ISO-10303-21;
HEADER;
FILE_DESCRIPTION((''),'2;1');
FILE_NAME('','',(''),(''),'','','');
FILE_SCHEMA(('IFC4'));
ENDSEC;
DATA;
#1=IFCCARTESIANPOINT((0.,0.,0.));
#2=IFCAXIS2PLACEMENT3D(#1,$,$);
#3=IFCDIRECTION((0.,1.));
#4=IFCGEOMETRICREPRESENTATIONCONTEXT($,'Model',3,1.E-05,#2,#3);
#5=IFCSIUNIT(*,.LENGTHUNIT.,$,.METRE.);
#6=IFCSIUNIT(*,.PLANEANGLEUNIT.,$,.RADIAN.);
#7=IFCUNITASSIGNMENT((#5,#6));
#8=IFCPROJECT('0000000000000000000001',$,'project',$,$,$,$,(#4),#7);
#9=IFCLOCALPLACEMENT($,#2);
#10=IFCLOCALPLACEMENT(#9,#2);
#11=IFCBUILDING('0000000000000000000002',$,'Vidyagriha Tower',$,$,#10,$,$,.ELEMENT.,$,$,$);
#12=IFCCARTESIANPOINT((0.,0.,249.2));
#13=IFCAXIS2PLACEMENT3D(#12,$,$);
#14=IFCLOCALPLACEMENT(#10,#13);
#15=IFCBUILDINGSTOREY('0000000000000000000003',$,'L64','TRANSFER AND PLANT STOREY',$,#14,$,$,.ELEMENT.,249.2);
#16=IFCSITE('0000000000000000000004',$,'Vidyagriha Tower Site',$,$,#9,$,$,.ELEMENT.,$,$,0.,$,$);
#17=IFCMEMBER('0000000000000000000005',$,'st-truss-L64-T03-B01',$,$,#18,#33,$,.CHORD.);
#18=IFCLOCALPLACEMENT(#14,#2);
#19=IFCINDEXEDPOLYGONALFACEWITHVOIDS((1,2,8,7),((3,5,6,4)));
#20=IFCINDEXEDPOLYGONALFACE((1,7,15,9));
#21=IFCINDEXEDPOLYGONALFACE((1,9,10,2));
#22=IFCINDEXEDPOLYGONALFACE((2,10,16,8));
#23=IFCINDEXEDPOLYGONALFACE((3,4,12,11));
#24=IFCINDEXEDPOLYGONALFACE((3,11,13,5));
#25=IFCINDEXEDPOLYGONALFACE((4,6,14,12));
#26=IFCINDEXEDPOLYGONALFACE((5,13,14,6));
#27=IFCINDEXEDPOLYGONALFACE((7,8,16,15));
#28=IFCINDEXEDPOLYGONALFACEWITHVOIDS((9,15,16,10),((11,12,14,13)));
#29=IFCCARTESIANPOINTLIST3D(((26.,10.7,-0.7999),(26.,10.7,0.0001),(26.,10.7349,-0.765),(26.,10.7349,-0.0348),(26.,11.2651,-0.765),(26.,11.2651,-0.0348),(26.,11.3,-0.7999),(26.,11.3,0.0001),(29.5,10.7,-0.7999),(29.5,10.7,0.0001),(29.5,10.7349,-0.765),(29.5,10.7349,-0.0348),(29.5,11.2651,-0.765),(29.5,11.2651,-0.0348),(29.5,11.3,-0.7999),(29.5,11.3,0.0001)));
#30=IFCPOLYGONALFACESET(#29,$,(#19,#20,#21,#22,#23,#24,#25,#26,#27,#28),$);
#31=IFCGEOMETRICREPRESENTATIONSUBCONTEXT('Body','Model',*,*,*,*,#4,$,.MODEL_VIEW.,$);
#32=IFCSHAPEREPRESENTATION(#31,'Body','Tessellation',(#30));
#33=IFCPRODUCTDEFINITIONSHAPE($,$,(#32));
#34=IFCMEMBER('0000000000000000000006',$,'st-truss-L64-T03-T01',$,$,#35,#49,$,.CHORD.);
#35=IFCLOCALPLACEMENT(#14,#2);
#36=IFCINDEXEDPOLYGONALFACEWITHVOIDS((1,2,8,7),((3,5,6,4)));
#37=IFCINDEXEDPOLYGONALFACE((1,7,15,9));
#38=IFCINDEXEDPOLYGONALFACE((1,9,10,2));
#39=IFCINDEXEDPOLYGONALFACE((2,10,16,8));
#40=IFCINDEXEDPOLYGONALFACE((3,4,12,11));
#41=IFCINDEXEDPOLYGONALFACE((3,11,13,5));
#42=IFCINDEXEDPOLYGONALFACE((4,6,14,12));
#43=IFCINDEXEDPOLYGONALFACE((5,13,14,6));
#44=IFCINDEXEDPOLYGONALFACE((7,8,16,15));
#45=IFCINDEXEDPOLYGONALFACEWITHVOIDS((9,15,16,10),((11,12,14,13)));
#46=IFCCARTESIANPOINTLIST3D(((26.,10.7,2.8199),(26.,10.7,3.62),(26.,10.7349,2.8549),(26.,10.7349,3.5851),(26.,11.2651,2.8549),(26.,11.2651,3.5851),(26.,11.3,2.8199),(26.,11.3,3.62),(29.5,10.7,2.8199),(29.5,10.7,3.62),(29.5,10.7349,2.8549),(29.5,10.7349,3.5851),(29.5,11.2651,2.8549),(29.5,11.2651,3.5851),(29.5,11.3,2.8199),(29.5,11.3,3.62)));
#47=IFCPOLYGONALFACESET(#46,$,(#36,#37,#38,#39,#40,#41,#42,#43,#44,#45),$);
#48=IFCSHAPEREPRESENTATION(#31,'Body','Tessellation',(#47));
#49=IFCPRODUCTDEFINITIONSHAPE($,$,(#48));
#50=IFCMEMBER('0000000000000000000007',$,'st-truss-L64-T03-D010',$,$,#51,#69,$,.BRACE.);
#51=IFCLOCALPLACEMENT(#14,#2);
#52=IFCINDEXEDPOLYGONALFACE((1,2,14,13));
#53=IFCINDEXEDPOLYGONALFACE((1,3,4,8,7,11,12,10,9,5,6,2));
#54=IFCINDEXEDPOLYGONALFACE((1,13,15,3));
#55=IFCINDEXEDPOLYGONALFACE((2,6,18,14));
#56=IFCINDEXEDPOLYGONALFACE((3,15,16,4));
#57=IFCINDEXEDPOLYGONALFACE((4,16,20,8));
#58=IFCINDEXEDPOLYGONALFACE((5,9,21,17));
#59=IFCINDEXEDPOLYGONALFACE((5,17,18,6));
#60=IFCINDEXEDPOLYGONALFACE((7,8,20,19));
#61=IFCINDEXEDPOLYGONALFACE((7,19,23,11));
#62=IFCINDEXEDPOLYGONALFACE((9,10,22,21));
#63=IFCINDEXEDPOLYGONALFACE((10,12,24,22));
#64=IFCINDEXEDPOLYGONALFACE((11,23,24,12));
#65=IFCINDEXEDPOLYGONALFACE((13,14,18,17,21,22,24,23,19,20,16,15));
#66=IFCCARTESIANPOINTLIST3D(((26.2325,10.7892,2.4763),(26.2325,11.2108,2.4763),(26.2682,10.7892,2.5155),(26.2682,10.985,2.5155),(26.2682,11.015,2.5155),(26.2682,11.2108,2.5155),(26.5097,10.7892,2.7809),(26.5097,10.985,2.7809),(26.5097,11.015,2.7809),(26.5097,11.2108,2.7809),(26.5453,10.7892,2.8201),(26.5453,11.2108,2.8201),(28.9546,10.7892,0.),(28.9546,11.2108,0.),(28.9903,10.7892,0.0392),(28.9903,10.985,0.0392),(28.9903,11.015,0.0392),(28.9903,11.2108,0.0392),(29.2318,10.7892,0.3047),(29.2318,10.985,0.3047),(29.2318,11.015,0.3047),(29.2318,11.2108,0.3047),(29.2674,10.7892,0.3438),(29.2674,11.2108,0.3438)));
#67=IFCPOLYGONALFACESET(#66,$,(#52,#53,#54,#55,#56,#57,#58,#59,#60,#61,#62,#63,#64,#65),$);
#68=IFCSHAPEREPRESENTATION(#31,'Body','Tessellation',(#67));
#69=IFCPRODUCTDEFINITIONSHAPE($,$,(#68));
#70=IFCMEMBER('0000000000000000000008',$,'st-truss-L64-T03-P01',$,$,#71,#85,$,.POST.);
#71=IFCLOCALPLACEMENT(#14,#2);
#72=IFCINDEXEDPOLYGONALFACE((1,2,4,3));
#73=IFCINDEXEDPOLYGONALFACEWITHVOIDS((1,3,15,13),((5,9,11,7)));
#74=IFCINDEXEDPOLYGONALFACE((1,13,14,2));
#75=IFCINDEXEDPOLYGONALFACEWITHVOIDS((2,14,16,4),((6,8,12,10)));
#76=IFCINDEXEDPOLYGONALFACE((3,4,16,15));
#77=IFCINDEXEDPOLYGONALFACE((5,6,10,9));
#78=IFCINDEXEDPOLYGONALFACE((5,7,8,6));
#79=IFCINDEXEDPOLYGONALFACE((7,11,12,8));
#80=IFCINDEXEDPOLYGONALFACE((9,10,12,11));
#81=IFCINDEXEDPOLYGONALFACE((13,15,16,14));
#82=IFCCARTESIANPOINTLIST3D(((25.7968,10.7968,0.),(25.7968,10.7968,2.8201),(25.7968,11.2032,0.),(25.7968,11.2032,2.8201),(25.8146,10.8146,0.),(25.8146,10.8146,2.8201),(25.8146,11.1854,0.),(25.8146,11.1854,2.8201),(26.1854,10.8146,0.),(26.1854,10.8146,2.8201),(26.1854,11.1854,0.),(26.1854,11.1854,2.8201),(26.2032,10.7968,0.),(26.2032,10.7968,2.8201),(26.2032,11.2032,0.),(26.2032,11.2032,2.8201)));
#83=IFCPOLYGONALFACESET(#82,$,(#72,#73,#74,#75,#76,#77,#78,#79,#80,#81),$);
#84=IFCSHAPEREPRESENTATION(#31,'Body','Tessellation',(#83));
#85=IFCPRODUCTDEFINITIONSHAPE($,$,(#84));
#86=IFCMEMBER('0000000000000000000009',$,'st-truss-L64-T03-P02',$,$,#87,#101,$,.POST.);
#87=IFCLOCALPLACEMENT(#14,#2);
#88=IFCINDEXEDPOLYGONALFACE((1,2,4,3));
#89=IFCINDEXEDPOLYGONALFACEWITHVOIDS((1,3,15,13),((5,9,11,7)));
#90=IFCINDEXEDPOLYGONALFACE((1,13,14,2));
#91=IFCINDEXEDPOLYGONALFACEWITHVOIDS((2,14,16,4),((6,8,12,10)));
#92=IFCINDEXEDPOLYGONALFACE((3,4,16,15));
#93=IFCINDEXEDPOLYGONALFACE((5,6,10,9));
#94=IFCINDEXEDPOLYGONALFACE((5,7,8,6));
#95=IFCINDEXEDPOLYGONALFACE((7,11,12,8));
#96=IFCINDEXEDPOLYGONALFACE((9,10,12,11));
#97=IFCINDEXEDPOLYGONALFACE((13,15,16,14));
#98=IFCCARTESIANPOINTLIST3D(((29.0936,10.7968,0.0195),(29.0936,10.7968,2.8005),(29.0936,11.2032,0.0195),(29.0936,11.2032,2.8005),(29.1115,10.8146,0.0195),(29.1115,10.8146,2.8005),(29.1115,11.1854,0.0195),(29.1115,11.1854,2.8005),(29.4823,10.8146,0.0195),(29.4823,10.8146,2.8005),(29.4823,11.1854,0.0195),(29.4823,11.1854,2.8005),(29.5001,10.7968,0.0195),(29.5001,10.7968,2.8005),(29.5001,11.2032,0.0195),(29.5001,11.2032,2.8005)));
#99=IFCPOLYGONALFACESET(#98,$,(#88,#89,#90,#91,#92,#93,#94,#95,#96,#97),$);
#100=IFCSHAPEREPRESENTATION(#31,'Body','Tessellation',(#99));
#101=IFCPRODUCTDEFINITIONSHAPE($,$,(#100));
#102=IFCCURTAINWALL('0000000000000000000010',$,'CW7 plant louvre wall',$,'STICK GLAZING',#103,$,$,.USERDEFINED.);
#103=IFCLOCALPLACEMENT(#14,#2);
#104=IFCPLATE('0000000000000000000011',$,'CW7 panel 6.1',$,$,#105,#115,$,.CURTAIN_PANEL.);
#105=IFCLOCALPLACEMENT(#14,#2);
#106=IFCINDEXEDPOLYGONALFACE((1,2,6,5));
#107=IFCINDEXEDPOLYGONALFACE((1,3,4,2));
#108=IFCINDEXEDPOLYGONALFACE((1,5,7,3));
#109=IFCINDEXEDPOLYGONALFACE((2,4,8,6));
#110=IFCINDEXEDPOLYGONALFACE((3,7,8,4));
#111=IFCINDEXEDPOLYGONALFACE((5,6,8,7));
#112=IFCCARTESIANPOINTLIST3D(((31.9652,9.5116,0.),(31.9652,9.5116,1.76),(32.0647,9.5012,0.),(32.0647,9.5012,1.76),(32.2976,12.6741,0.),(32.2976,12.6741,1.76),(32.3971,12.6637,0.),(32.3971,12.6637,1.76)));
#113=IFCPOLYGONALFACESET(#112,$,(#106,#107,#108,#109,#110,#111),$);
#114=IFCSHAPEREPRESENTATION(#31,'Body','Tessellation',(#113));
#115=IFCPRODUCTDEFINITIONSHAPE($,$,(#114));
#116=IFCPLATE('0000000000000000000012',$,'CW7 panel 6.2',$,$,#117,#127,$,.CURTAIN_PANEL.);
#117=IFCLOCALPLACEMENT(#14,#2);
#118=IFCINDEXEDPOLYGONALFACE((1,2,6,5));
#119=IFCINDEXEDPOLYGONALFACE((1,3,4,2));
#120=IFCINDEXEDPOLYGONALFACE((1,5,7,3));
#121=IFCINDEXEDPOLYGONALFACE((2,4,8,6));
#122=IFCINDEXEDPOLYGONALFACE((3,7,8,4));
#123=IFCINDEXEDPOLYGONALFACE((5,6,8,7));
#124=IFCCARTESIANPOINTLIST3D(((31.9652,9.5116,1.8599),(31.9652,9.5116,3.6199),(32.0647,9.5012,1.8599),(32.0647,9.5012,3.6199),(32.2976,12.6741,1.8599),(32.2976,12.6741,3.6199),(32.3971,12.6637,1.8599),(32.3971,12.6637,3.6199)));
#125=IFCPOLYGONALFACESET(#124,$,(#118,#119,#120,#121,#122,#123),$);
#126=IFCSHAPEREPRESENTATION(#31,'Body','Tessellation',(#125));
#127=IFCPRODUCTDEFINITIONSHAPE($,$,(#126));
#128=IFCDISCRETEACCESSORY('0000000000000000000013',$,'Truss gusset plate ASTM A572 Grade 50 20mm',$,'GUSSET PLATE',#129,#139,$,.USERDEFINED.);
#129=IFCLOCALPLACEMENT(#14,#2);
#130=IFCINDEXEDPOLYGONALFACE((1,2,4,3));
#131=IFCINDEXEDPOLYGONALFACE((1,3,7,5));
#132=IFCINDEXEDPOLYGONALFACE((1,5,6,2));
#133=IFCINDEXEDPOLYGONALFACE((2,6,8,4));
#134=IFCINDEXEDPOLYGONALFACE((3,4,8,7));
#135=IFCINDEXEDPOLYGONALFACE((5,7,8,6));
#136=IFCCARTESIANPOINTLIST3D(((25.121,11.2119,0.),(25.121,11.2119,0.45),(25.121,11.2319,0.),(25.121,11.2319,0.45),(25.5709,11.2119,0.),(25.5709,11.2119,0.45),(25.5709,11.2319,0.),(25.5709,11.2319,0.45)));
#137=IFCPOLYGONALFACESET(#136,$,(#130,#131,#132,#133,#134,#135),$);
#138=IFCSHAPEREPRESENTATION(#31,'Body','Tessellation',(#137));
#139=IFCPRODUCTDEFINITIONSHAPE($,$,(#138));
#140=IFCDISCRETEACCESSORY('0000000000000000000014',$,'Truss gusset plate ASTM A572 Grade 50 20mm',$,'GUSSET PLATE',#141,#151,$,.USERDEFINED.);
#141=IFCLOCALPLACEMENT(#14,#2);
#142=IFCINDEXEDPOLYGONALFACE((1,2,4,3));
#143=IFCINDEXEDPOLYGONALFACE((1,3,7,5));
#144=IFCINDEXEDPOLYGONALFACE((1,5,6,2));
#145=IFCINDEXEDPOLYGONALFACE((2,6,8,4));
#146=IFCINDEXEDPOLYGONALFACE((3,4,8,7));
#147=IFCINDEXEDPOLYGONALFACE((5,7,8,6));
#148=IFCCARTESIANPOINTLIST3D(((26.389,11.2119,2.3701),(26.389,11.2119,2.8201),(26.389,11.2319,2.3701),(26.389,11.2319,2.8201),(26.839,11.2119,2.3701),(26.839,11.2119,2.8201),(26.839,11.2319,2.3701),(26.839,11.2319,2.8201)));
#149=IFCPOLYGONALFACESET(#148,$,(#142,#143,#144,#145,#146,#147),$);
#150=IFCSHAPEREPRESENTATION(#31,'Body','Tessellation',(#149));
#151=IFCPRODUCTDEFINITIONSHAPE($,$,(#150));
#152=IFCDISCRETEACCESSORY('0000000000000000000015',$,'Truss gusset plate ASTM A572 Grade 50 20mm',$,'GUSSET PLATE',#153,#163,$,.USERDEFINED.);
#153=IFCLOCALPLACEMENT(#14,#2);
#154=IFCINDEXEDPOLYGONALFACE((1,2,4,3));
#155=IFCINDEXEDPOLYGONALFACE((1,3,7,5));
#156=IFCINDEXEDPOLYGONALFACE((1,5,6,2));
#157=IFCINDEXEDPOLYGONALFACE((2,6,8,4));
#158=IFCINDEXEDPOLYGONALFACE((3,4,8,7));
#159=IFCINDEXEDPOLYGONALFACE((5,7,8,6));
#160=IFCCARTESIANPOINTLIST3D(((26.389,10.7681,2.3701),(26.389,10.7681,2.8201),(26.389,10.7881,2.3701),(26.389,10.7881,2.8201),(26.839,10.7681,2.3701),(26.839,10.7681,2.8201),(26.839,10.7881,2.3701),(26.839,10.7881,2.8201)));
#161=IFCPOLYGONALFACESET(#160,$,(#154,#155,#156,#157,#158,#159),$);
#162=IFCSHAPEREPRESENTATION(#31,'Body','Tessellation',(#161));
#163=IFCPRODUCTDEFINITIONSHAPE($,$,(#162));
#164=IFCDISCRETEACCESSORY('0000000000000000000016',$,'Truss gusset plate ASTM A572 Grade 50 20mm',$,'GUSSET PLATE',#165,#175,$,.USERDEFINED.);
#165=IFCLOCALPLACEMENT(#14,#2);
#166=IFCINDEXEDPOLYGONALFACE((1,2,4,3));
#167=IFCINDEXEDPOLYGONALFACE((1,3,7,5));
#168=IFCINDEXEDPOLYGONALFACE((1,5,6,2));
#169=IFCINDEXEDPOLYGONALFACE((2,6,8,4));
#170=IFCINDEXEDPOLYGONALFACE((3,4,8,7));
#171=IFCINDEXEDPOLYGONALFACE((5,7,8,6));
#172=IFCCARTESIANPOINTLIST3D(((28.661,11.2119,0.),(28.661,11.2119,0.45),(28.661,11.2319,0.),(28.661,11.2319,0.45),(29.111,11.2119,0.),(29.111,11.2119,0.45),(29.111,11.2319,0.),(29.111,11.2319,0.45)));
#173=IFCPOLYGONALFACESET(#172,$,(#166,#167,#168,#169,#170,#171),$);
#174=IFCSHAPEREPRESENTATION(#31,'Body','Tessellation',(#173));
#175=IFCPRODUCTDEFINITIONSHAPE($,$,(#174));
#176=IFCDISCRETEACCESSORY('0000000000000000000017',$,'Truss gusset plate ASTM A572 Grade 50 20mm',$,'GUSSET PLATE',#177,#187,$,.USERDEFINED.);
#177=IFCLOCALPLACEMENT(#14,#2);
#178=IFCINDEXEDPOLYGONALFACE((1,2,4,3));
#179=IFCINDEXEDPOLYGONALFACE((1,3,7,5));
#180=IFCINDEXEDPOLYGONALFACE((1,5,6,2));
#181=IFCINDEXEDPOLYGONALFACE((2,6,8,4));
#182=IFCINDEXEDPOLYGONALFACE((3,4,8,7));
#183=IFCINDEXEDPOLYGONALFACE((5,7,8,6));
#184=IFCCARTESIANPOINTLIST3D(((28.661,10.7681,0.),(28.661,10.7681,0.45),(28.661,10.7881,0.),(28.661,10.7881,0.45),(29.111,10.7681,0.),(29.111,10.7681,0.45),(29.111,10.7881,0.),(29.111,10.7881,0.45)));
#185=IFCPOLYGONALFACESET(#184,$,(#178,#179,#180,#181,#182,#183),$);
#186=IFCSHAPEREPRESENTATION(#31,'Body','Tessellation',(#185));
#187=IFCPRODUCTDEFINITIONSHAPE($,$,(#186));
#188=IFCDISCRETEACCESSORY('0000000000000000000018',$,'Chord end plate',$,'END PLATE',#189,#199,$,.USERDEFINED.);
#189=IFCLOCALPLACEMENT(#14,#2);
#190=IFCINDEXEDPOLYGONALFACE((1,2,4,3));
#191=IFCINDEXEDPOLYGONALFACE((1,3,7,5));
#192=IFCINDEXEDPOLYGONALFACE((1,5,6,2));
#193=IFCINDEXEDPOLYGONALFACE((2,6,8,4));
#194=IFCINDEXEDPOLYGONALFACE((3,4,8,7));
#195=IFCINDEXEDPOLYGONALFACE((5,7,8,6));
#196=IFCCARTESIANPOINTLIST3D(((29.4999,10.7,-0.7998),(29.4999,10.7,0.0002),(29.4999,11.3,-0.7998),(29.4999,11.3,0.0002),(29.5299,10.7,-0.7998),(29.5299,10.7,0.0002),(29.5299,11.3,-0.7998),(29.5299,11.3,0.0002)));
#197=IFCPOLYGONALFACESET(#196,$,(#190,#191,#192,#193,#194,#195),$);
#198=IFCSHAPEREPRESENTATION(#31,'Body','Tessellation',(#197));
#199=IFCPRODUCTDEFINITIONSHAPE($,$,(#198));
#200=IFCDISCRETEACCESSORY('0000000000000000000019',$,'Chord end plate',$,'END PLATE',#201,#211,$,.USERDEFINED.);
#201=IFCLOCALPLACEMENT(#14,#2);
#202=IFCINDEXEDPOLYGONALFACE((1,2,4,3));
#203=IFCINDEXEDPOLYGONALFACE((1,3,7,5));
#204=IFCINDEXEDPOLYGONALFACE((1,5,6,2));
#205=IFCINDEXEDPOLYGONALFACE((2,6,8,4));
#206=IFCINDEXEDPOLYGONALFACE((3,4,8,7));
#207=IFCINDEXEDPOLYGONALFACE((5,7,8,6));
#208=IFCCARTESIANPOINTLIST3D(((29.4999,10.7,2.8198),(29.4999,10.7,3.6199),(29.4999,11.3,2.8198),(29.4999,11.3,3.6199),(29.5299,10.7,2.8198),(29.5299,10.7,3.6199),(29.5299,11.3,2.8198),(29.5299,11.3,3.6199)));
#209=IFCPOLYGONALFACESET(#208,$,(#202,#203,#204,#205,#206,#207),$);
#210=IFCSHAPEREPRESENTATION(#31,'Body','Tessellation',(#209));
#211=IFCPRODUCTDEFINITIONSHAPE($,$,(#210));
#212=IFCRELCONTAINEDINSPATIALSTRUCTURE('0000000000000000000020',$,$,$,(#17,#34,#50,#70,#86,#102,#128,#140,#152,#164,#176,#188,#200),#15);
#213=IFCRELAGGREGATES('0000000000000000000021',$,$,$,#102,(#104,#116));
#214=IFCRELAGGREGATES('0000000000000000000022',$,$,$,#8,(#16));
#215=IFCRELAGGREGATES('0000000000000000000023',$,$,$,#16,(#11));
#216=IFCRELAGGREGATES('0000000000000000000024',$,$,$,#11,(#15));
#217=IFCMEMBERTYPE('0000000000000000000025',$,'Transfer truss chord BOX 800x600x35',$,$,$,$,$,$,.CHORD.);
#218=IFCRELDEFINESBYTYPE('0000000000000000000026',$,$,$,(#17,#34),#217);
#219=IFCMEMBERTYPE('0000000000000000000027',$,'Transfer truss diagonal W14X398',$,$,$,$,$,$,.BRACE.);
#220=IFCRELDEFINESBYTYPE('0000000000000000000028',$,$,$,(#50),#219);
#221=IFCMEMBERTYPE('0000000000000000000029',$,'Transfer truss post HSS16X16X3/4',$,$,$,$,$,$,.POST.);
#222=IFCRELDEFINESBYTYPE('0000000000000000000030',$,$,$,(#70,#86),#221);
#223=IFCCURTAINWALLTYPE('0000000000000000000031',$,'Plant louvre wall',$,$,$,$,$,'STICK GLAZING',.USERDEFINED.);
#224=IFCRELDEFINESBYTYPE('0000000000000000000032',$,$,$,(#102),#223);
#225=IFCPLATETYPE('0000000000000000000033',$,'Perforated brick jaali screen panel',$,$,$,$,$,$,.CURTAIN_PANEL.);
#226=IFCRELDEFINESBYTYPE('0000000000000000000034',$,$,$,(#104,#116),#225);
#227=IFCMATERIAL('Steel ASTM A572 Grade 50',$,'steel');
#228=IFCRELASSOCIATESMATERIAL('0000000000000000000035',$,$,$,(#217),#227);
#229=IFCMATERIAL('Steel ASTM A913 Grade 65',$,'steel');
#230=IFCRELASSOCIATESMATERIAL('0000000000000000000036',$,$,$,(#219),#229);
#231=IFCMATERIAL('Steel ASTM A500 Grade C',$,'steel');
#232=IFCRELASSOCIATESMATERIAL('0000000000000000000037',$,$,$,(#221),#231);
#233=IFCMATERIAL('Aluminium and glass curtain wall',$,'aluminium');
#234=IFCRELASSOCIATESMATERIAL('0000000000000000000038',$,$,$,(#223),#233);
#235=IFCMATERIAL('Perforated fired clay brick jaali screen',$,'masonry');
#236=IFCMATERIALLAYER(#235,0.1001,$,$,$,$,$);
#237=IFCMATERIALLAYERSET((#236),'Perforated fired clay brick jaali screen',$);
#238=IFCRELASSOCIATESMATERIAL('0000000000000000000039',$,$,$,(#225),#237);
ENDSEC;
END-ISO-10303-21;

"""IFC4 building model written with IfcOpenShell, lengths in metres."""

from ifc_helpers import new_model, si_unit, direction, frame, origin, origin_2d, place, context, subcontext, project, spatial, rectangle, hollow_rectangle, i_section, extrude, material, layer, layer_set, material_profile, profile_set, type_object, element, aggregate, save


model = new_model("IFC4")

# Units and contexts
model_context = context("Model", 3, precision=1e-05, world=origin(), true_north=direction((0.0, 1.0)))
body_context = subcontext(model_context, "Body", "Model", "MODEL_VIEW")
ifc_project = project(units=[si_unit("LENGTHUNIT", "METRE"), si_unit("PLANEANGLEUNIT", "RADIAN")], contexts=[model_context])

# Site, building, storey
site_placement = place(None, origin())
site = spatial("IfcSite", under=ifc_project, at=site_placement, Name="Vidyagriha Tower Site", CompositionType="ELEMENT", RefElevation=0.0)
building_placement = place(site_placement, origin())
building = spatial("IfcBuilding", under=site, at=building_placement, Name="Vidyagriha Tower", CompositionType="ELEMENT")
storey_placement = place(building_placement, frame((0.0, 0.0, 249.2)))
storey = spatial("IfcBuildingStorey", under=building, at=storey_placement, Name="L64", Description="TRANSFER AND PLANT STOREY", CompositionType="ELEMENT", Elevation=249.2)

# Members
ifc_material_1 = material(Name="Steel ASTM A572 Grade 50", Category="steel")
ifc_material_profile_1 = material_profile(ifc_material_1, hollow_rectangle(XDim=0.6001, YDim=0.8, WallThickness=0.0349, at=origin_2d()), Name="BOX 800x600x35")
ifc_profile_set_1 = profile_set([ifc_material_profile_1], Name="Steel ASTM A572 Grade 50")
member_type_1 = type_object("IfcMemberType", Name="Transfer truss chord BOX 800x600x35", PredefinedType="CHORD", material=ifc_profile_set_1)
for number, where, z_axis, x_axis, name in (
    (1, (26.0, 11.0, -0.3999), (1.0, 0.0, 0.0), (0.0, 1.0, 0.0), "st-truss-L64-T03-B01"),
    (2, (26.0, 11.0, 3.22), (1.0, 0.0, 0.0), (0.0, 1.0, 0.0), "st-truss-L64-T03-T01"),
):
    element("IfcMember", number, at=place(storey_placement, frame(where, z_axis=z_axis, x_axis=x_axis)), inside=storey, type_object=member_type_1, Name=name, PredefinedType="CHORD", context=body_context, shape_type="SweptSolid", body=[
        extrude(hollow_rectangle(XDim=0.6001, YDim=0.8, WallThickness=0.0349, at=origin_2d()), origin(), (0.0, 0.0, 1.0), 3.5),
    ])
ifc_material_2 = material(Name="Steel ASTM A913 Grade 65", Category="steel")
ifc_material_profile_2 = material_profile(ifc_material_2, i_section(OverallWidth=0.4216, OverallDepth=0.4648, WebThickness=0.03, FlangeThickness=0.053, at=origin_2d()), Name="W14X398")
ifc_profile_set_2 = profile_set([ifc_material_profile_2], Name="Steel ASTM A913 Grade 65")
member_type_2 = type_object("IfcMemberType", Name="Transfer truss diagonal W14X398", PredefinedType="BRACE", material=ifc_profile_set_2)
member_1_placement = place(storey_placement, frame((26.3889, 11.0, 2.6482), z_axis=(0.739721, 0.0, -0.672914), x_axis=(0.0, 1.0, 0.0)))
element("IfcMember", 3, at=member_1_placement, inside=storey, type_object=member_type_2, Name="st-truss-L64-T03-D010", PredefinedType="BRACE", context=body_context, shape_type="SweptSolid", body=[
    extrude(i_section(OverallWidth=0.4216, OverallDepth=0.4648, WebThickness=0.03, FlangeThickness=0.053, at=origin_2d()), origin(), (0.0, 0.0, 1.0), 3.6799),
])
ifc_material_3 = material(Name="Steel ASTM A500 Grade C", Category="steel")
ifc_material_profile_3 = material_profile(ifc_material_3, hollow_rectangle(XDim=0.4065, YDim=0.4065, WallThickness=0.0178, at=origin_2d()), Name="HSS16X16X3/4")
ifc_profile_set_3 = profile_set([ifc_material_profile_3], Name="Steel ASTM A500 Grade C")
member_type_3 = type_object("IfcMemberType", Name="Transfer truss post HSS16X16X3/4", PredefinedType="POST", material=ifc_profile_set_3)
member_2_placement = place(storey_placement, frame((26.0, 11.0, 0.0)))
element("IfcMember", 4, at=member_2_placement, inside=storey, type_object=member_type_3, Name="st-truss-L64-T03-P01", PredefinedType="POST", context=body_context, shape_type="SweptSolid", body=[
    extrude(hollow_rectangle(XDim=0.4065, YDim=0.4065, WallThickness=0.0178, at=origin_2d()), origin(), (0.0, 0.0, 1.0), 2.8201),
])
member_3_placement = place(storey_placement, frame((29.2969, 11.0, 0.0195)))
element("IfcMember", 5, at=member_3_placement, inside=storey, type_object=member_type_3, Name="st-truss-L64-T03-P02", PredefinedType="POST", context=body_context, shape_type="SweptSolid", body=[
    extrude(hollow_rectangle(XDim=0.4065, YDim=0.4065, WallThickness=0.0178, at=origin_2d()), origin(), (0.0, 0.0, 1.0), 2.781),
])

# Curtain wall, plates
ifc_material_4 = material(Name="Aluminium and glass curtain wall", Category="aluminium")
curtain_wall_type = type_object("IfcCurtainWallType", Name="Plant louvre wall", ElementType="STICK GLAZING", PredefinedType="USERDEFINED", material=ifc_material_4)
curtain_wall_placement = place(storey_placement, origin())
curtain_wall = element("IfcCurtainWall", 6, at=curtain_wall_placement, inside=storey, type_object=curtain_wall_type, Name="CW7 plant louvre wall", ObjectType="STICK GLAZING", PredefinedType="USERDEFINED")
ifc_material_5 = material(Name="Perforated fired clay brick jaali screen", Category="masonry")
ifc_layer = layer(ifc_material_5, 0.1001)
ifc_layer_set = layer_set([ifc_layer], Name="Perforated fired clay brick jaali screen")
plate_type = type_object("IfcPlateType", Name="Perforated brick jaali screen panel", PredefinedType="CURTAIN_PANEL", material=ifc_layer_set)
plate_1_placement = place(storey_placement, frame((32.1812, 11.0876, 0.0), z_axis=(0.0, 0.0, 1.0), x_axis=(0.104527, 0.994522, 0.0)))
plate_1 = element("IfcPlate", 7, at=plate_1_placement, type_object=plate_type, Name="CW7 panel 6.1", PredefinedType="CURTAIN_PANEL", context=body_context, shape_type="SweptSolid", body=[
    extrude(rectangle(XDim=3.1799, YDim=0.1001, at=origin_2d()), origin(), (0.0, 0.0, 1.0), 1.76),
])
plate_2_placement = place(storey_placement, frame((32.1812, 11.0876, 1.8599), z_axis=(0.0, 0.0, 1.0), x_axis=(0.104527, 0.994522, 0.0)))
plate_2 = element("IfcPlate", 8, at=plate_2_placement, type_object=plate_type, Name="CW7 panel 6.2", PredefinedType="CURTAIN_PANEL", context=body_context, shape_type="SweptSolid", body=[
    extrude(rectangle(XDim=3.1799, YDim=0.1001, at=origin_2d()), origin(), (0.0, 0.0, 1.0), 1.76),
])
aggregate(curtain_wall, [plate_1, plate_2])

# Discrete accessories
for number, where, name in (
    (9, (25.3459, 11.2219, 0.0), "Truss gusset plate ASTM A572 Grade 50 20mm"),
    (10, (26.614, 11.2219, 2.3701), "Truss gusset plate ASTM A572 Grade 50 20mm"),
    (11, (26.614, 10.7781, 2.3701), "Truss gusset plate ASTM A572 Grade 50 20mm"),
    (12, (28.886, 11.2219, 0.0), "Truss gusset plate ASTM A572 Grade 50 20mm"),
    (13, (28.886, 10.7781, 0.0), "Truss gusset plate ASTM A572 Grade 50 20mm"),
):
    element("IfcDiscreteAccessory", number, at=place(storey_placement, frame(where)), inside=storey, Name=name, ObjectType="GUSSET PLATE", PredefinedType="USERDEFINED", context=body_context, shape_type="SweptSolid", body=[
        extrude(rectangle(XDim=0.45, YDim=0.02, at=origin_2d()), origin(), (0.0, 0.0, 1.0), 0.45),
    ])
for number, where, name in (
    (14, (29.5149, 11.0, -0.7998), "Chord end plate"),
    (15, (29.5149, 11.0, 2.8198), "Chord end plate"),
):
    element("IfcDiscreteAccessory", number, at=place(storey_placement, frame(where)), inside=storey, Name=name, ObjectType="END PLATE", PredefinedType="USERDEFINED", context=body_context, shape_type="SweptSolid", body=[
        extrude(rectangle(XDim=0.03, YDim=0.6001, at=origin_2d()), origin(), (0.0, 0.0, 1.0), 0.8),
    ])

save(model, "model.ifc")
